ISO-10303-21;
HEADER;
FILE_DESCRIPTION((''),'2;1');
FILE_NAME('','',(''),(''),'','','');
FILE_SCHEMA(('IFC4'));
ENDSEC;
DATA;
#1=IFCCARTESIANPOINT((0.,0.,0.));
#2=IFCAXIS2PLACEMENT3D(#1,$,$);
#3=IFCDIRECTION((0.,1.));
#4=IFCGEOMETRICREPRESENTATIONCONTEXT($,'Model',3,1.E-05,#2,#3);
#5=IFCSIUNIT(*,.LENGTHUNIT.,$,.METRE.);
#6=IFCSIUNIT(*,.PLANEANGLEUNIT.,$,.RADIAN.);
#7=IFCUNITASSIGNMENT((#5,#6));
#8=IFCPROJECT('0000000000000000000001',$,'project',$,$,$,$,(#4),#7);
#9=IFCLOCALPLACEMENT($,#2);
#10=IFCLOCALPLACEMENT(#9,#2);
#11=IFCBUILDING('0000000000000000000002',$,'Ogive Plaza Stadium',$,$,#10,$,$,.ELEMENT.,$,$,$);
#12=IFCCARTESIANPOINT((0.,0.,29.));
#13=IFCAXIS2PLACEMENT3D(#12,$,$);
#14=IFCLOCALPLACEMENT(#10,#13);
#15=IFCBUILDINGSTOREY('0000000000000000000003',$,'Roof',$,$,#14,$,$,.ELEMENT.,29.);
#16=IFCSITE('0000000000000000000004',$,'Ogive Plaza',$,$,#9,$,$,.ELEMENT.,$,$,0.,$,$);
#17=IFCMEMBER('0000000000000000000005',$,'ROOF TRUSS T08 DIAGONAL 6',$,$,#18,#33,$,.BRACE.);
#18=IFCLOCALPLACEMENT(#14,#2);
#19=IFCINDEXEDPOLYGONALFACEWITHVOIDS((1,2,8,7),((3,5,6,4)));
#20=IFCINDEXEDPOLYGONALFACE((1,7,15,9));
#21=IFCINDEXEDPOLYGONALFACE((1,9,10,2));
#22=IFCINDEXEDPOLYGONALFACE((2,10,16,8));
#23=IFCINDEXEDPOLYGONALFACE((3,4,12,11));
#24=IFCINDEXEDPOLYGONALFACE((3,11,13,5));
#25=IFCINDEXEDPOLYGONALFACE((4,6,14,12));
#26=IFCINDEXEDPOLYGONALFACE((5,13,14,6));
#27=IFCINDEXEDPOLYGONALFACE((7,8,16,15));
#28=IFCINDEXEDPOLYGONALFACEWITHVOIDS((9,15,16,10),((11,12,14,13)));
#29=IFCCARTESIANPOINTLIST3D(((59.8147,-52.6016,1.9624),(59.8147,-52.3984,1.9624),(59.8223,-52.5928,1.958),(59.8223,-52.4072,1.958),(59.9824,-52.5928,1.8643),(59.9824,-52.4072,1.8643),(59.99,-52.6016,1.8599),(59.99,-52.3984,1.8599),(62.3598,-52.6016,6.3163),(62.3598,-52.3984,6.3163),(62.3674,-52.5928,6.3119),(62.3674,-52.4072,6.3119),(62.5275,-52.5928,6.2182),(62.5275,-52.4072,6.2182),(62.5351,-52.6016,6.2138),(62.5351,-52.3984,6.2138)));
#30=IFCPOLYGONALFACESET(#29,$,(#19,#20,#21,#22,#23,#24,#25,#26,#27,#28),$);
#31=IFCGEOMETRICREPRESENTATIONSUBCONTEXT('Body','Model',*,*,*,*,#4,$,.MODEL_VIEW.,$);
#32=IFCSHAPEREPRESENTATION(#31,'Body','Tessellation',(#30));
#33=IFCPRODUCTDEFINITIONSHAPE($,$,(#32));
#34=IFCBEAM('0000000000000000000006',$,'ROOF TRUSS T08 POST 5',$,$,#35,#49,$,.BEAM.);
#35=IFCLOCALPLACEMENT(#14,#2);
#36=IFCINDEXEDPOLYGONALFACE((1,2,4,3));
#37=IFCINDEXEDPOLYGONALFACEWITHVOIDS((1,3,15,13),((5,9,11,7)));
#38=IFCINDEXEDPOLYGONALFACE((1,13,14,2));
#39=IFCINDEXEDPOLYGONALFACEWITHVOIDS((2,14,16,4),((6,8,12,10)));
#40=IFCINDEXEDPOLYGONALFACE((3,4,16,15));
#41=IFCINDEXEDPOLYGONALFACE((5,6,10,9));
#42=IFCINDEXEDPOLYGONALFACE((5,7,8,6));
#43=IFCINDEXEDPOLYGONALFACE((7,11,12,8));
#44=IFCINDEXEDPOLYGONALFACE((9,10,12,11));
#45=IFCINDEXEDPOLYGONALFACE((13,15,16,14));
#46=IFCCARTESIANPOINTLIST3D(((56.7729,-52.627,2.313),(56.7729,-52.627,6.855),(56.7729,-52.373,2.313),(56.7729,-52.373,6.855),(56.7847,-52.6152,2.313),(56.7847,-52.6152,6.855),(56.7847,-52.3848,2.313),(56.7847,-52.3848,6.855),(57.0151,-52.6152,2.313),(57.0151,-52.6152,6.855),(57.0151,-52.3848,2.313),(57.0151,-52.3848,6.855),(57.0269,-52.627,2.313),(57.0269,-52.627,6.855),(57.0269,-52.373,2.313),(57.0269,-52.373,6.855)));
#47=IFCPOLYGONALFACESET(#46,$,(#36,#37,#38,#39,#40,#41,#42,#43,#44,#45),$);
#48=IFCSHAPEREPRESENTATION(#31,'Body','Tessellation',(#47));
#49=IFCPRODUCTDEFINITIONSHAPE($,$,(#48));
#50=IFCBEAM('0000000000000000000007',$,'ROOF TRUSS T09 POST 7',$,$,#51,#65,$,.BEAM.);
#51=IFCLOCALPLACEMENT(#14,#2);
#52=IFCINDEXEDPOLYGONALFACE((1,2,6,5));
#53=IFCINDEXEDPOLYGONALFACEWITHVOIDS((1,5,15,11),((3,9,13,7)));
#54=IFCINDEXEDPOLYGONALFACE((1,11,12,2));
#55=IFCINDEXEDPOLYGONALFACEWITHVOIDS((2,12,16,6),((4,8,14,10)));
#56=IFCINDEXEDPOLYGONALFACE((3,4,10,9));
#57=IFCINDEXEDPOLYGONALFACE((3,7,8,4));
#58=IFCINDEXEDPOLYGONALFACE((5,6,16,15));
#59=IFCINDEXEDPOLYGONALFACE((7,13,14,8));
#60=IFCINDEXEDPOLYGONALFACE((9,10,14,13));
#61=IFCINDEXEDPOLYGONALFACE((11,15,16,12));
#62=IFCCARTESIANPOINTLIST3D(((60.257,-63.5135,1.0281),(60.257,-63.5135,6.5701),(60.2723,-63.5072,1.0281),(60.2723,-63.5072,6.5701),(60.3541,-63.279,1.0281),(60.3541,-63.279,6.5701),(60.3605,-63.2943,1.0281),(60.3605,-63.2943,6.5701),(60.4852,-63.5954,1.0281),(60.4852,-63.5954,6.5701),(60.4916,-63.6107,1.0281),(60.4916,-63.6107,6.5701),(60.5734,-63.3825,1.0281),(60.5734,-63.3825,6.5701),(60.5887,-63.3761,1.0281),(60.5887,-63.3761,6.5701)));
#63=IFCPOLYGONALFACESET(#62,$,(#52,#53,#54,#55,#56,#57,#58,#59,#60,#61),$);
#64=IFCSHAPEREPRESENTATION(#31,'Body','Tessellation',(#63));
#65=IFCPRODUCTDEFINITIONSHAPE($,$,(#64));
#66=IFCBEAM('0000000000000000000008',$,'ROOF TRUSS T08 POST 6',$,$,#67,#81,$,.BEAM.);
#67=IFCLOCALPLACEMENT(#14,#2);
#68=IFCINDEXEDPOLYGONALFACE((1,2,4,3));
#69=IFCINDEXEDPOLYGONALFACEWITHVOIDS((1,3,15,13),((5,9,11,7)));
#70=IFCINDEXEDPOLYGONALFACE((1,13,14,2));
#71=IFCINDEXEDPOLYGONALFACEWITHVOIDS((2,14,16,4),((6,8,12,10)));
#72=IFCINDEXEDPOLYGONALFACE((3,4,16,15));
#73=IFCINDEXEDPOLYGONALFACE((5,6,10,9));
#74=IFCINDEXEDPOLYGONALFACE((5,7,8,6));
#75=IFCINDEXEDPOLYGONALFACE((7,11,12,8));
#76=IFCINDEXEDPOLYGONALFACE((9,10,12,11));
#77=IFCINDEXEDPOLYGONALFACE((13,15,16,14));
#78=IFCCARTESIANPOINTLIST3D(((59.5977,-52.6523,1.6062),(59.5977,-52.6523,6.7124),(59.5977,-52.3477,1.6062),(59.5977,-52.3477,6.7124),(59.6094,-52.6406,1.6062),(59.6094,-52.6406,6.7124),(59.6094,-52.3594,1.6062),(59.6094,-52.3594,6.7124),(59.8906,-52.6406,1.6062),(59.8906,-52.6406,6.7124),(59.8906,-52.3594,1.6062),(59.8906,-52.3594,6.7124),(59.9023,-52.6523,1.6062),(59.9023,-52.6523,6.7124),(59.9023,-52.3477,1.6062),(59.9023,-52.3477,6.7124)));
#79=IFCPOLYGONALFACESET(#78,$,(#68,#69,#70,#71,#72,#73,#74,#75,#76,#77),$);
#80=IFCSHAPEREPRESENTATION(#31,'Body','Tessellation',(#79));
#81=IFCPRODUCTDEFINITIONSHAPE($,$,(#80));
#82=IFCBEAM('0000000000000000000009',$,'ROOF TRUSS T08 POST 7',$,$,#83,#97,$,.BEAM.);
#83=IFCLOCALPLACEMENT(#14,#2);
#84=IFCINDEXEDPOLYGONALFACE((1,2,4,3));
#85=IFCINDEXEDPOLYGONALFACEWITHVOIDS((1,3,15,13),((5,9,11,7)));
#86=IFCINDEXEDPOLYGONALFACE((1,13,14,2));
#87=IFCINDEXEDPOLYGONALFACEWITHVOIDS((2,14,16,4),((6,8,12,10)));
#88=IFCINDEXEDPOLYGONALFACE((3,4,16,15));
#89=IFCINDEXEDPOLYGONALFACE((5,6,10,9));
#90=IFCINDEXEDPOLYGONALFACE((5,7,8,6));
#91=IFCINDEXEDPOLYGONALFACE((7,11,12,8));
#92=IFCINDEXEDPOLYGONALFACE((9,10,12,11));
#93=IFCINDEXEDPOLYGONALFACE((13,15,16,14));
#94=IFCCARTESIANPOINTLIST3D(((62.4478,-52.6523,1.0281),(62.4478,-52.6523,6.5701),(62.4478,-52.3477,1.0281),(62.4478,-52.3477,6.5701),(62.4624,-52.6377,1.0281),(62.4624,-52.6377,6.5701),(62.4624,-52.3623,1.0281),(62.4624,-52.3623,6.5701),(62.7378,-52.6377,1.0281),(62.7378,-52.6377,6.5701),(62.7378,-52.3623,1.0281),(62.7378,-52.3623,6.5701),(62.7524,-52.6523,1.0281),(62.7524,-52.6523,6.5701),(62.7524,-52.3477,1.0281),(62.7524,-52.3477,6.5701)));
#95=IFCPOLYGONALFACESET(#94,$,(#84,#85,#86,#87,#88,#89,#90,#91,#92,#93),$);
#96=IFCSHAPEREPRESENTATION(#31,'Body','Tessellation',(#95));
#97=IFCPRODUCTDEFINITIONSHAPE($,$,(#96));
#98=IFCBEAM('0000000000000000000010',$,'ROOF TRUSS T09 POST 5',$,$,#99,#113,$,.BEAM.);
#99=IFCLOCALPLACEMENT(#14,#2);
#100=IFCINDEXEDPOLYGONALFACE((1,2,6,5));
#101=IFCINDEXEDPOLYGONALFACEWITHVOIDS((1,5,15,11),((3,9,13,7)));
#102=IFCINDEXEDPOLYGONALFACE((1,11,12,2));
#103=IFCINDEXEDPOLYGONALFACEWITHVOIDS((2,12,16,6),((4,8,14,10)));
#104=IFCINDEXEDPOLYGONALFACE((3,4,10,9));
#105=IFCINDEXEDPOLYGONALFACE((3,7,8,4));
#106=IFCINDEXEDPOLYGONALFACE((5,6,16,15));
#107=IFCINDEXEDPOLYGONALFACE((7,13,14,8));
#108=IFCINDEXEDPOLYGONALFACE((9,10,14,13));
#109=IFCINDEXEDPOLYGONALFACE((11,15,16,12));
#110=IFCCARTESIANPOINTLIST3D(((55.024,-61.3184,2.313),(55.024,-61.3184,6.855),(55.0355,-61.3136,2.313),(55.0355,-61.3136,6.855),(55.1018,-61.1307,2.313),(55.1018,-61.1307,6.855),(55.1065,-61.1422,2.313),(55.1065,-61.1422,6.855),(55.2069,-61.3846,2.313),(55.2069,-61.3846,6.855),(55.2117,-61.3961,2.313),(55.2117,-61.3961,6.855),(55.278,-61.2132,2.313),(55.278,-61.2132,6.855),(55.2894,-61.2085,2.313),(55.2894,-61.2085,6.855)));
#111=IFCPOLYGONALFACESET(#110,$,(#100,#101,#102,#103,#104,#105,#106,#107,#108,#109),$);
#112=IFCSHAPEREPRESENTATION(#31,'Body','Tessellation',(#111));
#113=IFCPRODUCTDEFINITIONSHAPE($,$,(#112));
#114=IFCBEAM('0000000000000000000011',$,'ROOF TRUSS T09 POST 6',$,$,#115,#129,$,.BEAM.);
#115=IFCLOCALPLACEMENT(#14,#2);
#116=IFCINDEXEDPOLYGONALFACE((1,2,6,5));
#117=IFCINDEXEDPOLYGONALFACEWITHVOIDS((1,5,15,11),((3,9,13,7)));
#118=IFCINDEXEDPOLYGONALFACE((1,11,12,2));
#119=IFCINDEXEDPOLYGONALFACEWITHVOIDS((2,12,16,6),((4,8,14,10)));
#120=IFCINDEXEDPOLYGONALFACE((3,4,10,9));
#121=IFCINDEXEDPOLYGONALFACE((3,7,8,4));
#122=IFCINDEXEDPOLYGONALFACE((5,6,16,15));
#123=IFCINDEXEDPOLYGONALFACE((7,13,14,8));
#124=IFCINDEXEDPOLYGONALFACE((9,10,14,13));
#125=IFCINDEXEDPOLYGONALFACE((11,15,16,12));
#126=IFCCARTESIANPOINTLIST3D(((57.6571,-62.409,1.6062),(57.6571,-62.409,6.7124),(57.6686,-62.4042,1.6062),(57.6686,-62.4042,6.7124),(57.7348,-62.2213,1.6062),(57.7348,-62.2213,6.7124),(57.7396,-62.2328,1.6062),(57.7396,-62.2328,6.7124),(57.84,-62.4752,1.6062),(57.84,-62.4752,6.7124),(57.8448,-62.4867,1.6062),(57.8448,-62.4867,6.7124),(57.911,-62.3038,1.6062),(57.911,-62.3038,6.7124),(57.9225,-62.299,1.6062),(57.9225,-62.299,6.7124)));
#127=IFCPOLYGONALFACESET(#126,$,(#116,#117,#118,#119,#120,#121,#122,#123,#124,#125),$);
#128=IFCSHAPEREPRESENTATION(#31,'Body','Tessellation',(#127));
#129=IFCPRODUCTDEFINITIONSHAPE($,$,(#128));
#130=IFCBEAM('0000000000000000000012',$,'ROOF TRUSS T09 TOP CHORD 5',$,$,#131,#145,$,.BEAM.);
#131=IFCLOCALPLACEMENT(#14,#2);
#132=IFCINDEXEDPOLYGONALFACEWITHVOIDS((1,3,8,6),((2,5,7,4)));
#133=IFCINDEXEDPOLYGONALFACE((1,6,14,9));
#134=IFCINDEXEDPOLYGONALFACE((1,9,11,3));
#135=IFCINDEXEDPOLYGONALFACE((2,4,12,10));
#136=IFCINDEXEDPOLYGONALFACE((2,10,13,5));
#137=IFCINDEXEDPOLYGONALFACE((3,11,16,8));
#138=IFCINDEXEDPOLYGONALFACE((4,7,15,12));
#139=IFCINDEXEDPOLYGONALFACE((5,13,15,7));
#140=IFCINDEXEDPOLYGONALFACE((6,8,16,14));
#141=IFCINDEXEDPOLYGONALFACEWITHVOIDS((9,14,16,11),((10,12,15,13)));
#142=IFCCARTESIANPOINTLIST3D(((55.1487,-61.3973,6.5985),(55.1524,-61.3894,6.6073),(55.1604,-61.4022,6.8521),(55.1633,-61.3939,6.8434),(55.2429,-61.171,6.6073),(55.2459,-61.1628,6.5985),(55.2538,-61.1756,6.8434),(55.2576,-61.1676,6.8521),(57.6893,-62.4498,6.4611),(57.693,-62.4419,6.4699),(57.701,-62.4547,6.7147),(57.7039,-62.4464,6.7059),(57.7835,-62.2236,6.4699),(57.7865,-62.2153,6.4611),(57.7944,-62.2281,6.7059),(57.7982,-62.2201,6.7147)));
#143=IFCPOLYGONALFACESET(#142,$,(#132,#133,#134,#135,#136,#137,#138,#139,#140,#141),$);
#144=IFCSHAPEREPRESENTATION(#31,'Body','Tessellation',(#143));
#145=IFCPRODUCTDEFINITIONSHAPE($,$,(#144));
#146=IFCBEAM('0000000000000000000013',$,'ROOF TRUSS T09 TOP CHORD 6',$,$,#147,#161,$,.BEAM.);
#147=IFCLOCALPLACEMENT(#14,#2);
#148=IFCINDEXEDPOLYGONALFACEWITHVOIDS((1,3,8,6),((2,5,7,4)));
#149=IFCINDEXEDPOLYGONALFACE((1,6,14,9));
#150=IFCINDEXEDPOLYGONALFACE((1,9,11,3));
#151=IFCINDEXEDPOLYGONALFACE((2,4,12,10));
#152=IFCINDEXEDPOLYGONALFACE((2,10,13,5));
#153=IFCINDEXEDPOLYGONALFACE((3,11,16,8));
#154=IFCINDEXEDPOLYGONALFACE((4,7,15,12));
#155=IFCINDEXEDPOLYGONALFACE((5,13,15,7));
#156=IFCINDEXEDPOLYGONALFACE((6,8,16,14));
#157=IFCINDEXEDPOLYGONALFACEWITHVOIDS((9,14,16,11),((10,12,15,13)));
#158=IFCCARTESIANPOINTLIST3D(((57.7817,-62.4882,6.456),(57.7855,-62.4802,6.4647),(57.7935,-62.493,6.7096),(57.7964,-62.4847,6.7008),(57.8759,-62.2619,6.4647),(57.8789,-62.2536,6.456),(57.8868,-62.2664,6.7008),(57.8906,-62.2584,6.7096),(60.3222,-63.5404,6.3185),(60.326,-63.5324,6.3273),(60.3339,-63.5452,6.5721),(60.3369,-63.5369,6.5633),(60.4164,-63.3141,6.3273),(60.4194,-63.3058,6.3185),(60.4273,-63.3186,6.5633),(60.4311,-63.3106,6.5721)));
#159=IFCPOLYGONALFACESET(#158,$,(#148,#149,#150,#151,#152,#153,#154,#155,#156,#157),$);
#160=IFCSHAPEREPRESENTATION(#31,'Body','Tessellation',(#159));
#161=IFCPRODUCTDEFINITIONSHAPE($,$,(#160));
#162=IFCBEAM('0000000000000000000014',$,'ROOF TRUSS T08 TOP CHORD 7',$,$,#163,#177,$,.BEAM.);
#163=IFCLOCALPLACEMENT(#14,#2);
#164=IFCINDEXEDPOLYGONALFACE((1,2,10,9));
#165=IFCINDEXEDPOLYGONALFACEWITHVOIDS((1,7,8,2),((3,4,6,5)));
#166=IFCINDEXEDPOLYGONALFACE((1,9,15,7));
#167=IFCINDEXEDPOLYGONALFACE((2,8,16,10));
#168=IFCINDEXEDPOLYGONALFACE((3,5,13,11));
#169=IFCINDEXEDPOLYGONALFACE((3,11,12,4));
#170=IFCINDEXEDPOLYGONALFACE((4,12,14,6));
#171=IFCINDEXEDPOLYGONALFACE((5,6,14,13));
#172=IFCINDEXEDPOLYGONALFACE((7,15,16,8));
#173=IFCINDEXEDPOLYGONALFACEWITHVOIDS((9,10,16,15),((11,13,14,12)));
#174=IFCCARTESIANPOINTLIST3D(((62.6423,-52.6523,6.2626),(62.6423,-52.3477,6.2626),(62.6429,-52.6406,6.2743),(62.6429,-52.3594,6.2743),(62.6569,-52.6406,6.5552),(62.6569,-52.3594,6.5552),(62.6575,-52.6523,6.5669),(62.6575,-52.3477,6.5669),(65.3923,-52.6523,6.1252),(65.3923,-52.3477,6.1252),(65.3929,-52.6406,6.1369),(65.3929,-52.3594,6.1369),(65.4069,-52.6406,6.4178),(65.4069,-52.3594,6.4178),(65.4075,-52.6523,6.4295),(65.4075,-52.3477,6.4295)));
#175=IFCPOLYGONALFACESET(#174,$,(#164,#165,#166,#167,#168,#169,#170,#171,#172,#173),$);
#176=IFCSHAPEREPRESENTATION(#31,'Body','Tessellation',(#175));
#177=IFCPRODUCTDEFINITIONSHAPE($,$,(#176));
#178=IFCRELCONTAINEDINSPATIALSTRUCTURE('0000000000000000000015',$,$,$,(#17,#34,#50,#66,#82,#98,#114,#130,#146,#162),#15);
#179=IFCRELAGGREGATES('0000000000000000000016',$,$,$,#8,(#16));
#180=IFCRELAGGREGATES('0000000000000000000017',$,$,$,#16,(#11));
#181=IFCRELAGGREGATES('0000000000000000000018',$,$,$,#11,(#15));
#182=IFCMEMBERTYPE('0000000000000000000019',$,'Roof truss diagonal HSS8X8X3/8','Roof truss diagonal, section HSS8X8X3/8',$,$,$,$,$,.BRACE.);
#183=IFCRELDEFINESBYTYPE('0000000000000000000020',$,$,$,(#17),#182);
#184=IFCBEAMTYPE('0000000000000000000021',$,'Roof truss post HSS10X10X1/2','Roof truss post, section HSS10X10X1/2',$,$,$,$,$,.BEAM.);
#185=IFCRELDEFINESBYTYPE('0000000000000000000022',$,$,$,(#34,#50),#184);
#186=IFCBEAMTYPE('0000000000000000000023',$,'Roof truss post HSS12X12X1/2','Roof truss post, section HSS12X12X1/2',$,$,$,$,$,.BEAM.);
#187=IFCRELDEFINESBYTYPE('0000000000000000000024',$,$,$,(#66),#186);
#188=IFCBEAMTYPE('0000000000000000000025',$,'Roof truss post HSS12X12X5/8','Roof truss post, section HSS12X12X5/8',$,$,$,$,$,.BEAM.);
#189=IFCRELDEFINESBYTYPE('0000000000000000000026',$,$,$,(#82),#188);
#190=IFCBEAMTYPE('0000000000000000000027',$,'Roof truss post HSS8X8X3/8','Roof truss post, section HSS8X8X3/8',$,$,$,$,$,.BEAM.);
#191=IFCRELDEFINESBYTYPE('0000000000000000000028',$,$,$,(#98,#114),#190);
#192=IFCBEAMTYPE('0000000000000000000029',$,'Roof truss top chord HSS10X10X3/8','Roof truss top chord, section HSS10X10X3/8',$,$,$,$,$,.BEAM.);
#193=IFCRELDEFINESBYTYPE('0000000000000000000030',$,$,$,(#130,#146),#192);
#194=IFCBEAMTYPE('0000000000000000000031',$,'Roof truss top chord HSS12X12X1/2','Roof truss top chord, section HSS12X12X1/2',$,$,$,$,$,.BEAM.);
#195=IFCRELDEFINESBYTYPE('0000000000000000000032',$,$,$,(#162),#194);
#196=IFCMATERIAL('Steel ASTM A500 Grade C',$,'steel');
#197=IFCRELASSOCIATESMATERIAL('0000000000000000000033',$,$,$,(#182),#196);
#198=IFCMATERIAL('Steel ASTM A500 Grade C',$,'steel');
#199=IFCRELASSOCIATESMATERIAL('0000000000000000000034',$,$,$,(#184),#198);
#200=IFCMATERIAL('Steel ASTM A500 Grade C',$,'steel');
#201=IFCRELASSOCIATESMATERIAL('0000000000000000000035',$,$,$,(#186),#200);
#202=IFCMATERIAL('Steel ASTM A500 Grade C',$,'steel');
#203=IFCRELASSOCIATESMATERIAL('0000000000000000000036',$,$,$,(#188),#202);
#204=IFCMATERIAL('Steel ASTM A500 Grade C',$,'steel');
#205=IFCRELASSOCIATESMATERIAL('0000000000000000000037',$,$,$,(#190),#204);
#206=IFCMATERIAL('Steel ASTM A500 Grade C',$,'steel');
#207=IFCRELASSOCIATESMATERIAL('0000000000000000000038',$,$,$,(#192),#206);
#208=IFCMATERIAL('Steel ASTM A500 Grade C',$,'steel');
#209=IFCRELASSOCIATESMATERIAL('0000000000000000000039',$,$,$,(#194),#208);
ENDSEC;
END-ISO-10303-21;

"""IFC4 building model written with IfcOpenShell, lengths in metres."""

from ifc_helpers import new_model, si_unit, direction, frame, origin, origin_2d, place, context, subcontext, project, spatial, hollow_rectangle, extrude, material, material_profile, profile_set, type_object, element, save


model = new_model("IFC4")

# Units and contexts
model_context = context("Model", 3, precision=1e-05, world=origin(), true_north=direction((0.0, 1.0)))
body_context = subcontext(model_context, "Body", "Model", "MODEL_VIEW")
ifc_project = project(units=[si_unit("LENGTHUNIT", "METRE"), si_unit("PLANEANGLEUNIT", "RADIAN")], contexts=[model_context])

# Site, building, storey
site_placement = place(None, origin())
site = spatial("IfcSite", under=ifc_project, at=site_placement, Name="Ogive Plaza", CompositionType="ELEMENT", RefElevation=0.0)
building_placement = place(site_placement, origin())
building = spatial("IfcBuilding", under=site, at=building_placement, Name="Ogive Plaza Stadium", CompositionType="ELEMENT")
storey_placement = place(building_placement, frame((0.0, 0.0, 29.0)))
storey = spatial("IfcBuildingStorey", under=building, at=storey_placement, Name="Roof", CompositionType="ELEMENT", Elevation=29.0)

# Member
ifc_material_1 = material(Name="Steel ASTM A500 Grade C", Category="steel")
ifc_material_profile_1 = material_profile(ifc_material_1, hollow_rectangle(XDim=0.2031, YDim=0.2031, WallThickness=0.0088, at=origin_2d()), Name="HSS8X8X3/8")
ifc_profile_set_1 = profile_set([ifc_material_profile_1], Name="Steel ASTM A500 Grade C")
member_type_1 = type_object("IfcMemberType", Name="Roof truss diagonal HSS8X8X3/8", Description="Roof truss diagonal, section HSS8X8X3/8", PredefinedType="BRACE", material=ifc_profile_set_1)
member_1_placement = place(storey_placement, frame((59.9023, -52.5, 1.9111), z_axis=(0.504659, 0.0, 0.863319), x_axis=(0.0, 1.0, 0.0)))
element("IfcMember", 1, at=member_1_placement, inside=storey, type_object=member_type_1, Name="ROOF TRUSS T08 DIAGONAL 6", PredefinedType="BRACE", context=body_context, shape_type="SweptSolid", body=[
    extrude(hollow_rectangle(XDim=0.2031, YDim=0.2031, WallThickness=0.0088, at=origin_2d()), origin(), (0.0, 0.0, 1.0), 5.0432),
])

# Beams
ifc_material_2 = material(Name="Steel ASTM A500 Grade C", Category="steel")
ifc_material_profile_2 = material_profile(ifc_material_2, hollow_rectangle(XDim=0.2539, YDim=0.2539, WallThickness=0.0117, at=origin_2d()), Name="HSS10X10X1/2")
ifc_profile_set_2 = profile_set([ifc_material_profile_2], Name="Steel ASTM A500 Grade C")
beam_type_1 = type_object("IfcBeamType", Name="Roof truss post HSS10X10X1/2", Description="Roof truss post, section HSS10X10X1/2", PredefinedType="BEAM", material=ifc_profile_set_2)
beam_1_placement = place(storey_placement, frame((56.8999, -52.5, 2.313), z_axis=(0.0, 0.0, 1.0), x_axis=(0.0, 1.0, 0.0)))
element("IfcBeam", 2, at=beam_1_placement, inside=storey, type_object=beam_type_1, Name="ROOF TRUSS T08 POST 5", PredefinedType="BEAM", context=body_context, shape_type="SweptSolid", body=[
    extrude(hollow_rectangle(XDim=0.2539, YDim=0.2539, WallThickness=0.0117, at=origin_2d()), origin(), (0.0, 0.0, 1.0), 4.542),
])
beam_2_placement = place(storey_placement, frame((60.4229, -63.4448, 1.0281), z_axis=(0.0, 0.0, 1.0), x_axis=(0.382683, 0.92388, 0.0)))
element("IfcBeam", 3, at=beam_2_placement, inside=storey, type_object=beam_type_1, Name="ROOF TRUSS T09 POST 7", PredefinedType="BEAM", context=body_context, shape_type="SweptSolid", body=[
    extrude(hollow_rectangle(XDim=0.2539, YDim=0.2539, WallThickness=0.0117, at=origin_2d()), origin(), (0.0, 0.0, 1.0), 5.542),
])
ifc_material_3 = material(Name="Steel ASTM A500 Grade C", Category="steel")
ifc_material_profile_3 = material_profile(ifc_material_3, hollow_rectangle(XDim=0.3047, YDim=0.3047, WallThickness=0.0117, at=origin_2d()), Name="HSS12X12X1/2")
ifc_profile_set_3 = profile_set([ifc_material_profile_3], Name="Steel ASTM A500 Grade C")
beam_type_2 = type_object("IfcBeamType", Name="Roof truss post HSS12X12X1/2", Description="Roof truss post, section HSS12X12X1/2", PredefinedType="BEAM", material=ifc_profile_set_3)
beam_3_placement = place(storey_placement, frame((59.75, -52.5, 1.6062), z_axis=(0.0, 0.0, 1.0), x_axis=(0.0, 1.0, 0.0)))
element("IfcBeam", 4, at=beam_3_placement, inside=storey, type_object=beam_type_2, Name="ROOF TRUSS T08 POST 6", PredefinedType="BEAM", context=body_context, shape_type="SweptSolid", body=[
    extrude(hollow_rectangle(XDim=0.3047, YDim=0.3047, WallThickness=0.0117, at=origin_2d()), origin(), (0.0, 0.0, 1.0), 5.1062),
])
ifc_material_4 = material(Name="Steel ASTM A500 Grade C", Category="steel")
ifc_material_profile_4 = material_profile(ifc_material_4, hollow_rectangle(XDim=0.3047, YDim=0.3047, WallThickness=0.0146, at=origin_2d()), Name="HSS12X12X5/8")
ifc_profile_set_4 = profile_set([ifc_material_profile_4], Name="Steel ASTM A500 Grade C")
beam_type_3 = type_object("IfcBeamType", Name="Roof truss post HSS12X12X5/8", Description="Roof truss post, section HSS12X12X5/8", PredefinedType="BEAM", material=ifc_profile_set_4)
beam_4_placement = place(storey_placement, frame((62.6001, -52.5, 1.0281), z_axis=(0.0, 0.0, 1.0), x_axis=(0.0, 1.0, 0.0)))
element("IfcBeam", 5, at=beam_4_placement, inside=storey, type_object=beam_type_3, Name="ROOF TRUSS T08 POST 7", PredefinedType="BEAM", context=body_context, shape_type="SweptSolid", body=[
    extrude(hollow_rectangle(XDim=0.3047, YDim=0.3047, WallThickness=0.0146, at=origin_2d()), origin(), (0.0, 0.0, 1.0), 5.542),
])
ifc_material_5 = material(Name="Steel ASTM A500 Grade C", Category="steel")
ifc_material_profile_5 = material_profile(ifc_material_5, hollow_rectangle(XDim=0.2031, YDim=0.2031, WallThickness=0.0088, at=origin_2d()), Name="HSS8X8X3/8")
ifc_profile_set_5 = profile_set([ifc_material_profile_5], Name="Steel ASTM A500 Grade C")
beam_type_4 = type_object("IfcBeamType", Name="Roof truss post HSS8X8X3/8", Description="Roof truss post, section HSS8X8X3/8", PredefinedType="BEAM", material=ifc_profile_set_5)
beam_5_placement = place(storey_placement, frame((55.1567, -61.2634, 2.313), z_axis=(0.0, 0.0, 1.0), x_axis=(0.382683, 0.92388, 0.0)))
element("IfcBeam", 6, at=beam_5_placement, inside=storey, type_object=beam_type_4, Name="ROOF TRUSS T09 POST 5", PredefinedType="BEAM", context=body_context, shape_type="SweptSolid", body=[
    extrude(hollow_rectangle(XDim=0.2031, YDim=0.2031, WallThickness=0.0088, at=origin_2d()), origin(), (0.0, 0.0, 1.0), 4.542),
])
beam_6_placement = place(storey_placement, frame((57.7898, -62.354, 1.6062), z_axis=(0.0, 0.0, 1.0), x_axis=(0.382683, 0.92388, 0.0)))
element("IfcBeam", 7, at=beam_6_placement, inside=storey, type_object=beam_type_4, Name="ROOF TRUSS T09 POST 6", PredefinedType="BEAM", context=body_context, shape_type="SweptSolid", body=[
    extrude(hollow_rectangle(XDim=0.2031, YDim=0.2031, WallThickness=0.0088, at=origin_2d()), origin(), (0.0, 0.0, 1.0), 5.1062),
])
ifc_material_6 = material(Name="Steel ASTM A500 Grade C", Category="steel")
ifc_material_profile_6 = material_profile(ifc_material_6, hollow_rectangle(XDim=0.2539, YDim=0.2539, WallThickness=0.0088, at=origin_2d()), Name="HSS10X10X3/8")
ifc_profile_set_6 = profile_set([ifc_material_profile_6], Name="Steel ASTM A500 Grade C")
beam_type_5 = type_object("IfcBeamType", Name="Roof truss top chord HSS10X10X3/8", Description="Roof truss top chord, section HSS10X10X3/8", PredefinedType="BEAM", material=ifc_profile_set_6)
beam_7_placement = place(storey_placement, frame((55.2031, -61.2825, 6.7253), z_axis=(0.922706, -0.382259, -0.049922), x_axis=(0.382736, 0.923858, 0.0)))
element("IfcBeam", 8, at=beam_7_placement, inside=storey, type_object=beam_type_5, Name="ROOF TRUSS T09 TOP CHORD 5", PredefinedType="BEAM", context=body_context, shape_type="SweptSolid", body=[
    extrude(hollow_rectangle(XDim=0.2539, YDim=0.2539, WallThickness=0.0088, at=origin_2d()), origin(), (0.0, 0.0, 1.0), 2.7534),
])
beam_8_placement = place(storey_placement, frame((57.8362, -62.3733, 6.5828), z_axis=(0.922737, -0.382183, -0.049923), x_axis=(0.38266, 0.923889, 0.0)))
element("IfcBeam", 9, at=beam_8_placement, inside=storey, type_object=beam_type_5, Name="ROOF TRUSS T09 TOP CHORD 6", PredefinedType="BEAM", context=body_context, shape_type="SweptSolid", body=[
    extrude(hollow_rectangle(XDim=0.2539, YDim=0.2539, WallThickness=0.0088, at=origin_2d()), origin(), (0.0, 0.0, 1.0), 2.7532),
])
ifc_material_7 = material(Name="Steel ASTM A500 Grade C", Category="steel")
ifc_material_profile_7 = material_profile(ifc_material_7, hollow_rectangle(XDim=0.3047, YDim=0.3047, WallThickness=0.0117, at=origin_2d()), Name="HSS12X12X1/2")
ifc_profile_set_7 = profile_set([ifc_material_profile_7], Name="Steel ASTM A500 Grade C")
beam_type_6 = type_object("IfcBeamType", Name="Roof truss top chord HSS12X12X1/2", Description="Roof truss top chord, section HSS12X12X1/2", PredefinedType="BEAM", material=ifc_profile_set_7)
beam_9_placement = place(storey_placement, frame((62.6499, -52.5, 6.4148), z_axis=(0.998753, 0.0, -0.04992), x_axis=(0.0, 1.0, 0.0)))
element("IfcBeam", 10, at=beam_9_placement, inside=storey, type_object=beam_type_6, Name="ROOF TRUSS T08 TOP CHORD 7", PredefinedType="BEAM", context=body_context, shape_type="SweptSolid", body=[
    extrude(hollow_rectangle(XDim=0.3047, YDim=0.3047, WallThickness=0.0117, at=origin_2d()), origin(), (0.0, 0.0, 1.0), 2.7534),
])

save(model, "model.ifc")
